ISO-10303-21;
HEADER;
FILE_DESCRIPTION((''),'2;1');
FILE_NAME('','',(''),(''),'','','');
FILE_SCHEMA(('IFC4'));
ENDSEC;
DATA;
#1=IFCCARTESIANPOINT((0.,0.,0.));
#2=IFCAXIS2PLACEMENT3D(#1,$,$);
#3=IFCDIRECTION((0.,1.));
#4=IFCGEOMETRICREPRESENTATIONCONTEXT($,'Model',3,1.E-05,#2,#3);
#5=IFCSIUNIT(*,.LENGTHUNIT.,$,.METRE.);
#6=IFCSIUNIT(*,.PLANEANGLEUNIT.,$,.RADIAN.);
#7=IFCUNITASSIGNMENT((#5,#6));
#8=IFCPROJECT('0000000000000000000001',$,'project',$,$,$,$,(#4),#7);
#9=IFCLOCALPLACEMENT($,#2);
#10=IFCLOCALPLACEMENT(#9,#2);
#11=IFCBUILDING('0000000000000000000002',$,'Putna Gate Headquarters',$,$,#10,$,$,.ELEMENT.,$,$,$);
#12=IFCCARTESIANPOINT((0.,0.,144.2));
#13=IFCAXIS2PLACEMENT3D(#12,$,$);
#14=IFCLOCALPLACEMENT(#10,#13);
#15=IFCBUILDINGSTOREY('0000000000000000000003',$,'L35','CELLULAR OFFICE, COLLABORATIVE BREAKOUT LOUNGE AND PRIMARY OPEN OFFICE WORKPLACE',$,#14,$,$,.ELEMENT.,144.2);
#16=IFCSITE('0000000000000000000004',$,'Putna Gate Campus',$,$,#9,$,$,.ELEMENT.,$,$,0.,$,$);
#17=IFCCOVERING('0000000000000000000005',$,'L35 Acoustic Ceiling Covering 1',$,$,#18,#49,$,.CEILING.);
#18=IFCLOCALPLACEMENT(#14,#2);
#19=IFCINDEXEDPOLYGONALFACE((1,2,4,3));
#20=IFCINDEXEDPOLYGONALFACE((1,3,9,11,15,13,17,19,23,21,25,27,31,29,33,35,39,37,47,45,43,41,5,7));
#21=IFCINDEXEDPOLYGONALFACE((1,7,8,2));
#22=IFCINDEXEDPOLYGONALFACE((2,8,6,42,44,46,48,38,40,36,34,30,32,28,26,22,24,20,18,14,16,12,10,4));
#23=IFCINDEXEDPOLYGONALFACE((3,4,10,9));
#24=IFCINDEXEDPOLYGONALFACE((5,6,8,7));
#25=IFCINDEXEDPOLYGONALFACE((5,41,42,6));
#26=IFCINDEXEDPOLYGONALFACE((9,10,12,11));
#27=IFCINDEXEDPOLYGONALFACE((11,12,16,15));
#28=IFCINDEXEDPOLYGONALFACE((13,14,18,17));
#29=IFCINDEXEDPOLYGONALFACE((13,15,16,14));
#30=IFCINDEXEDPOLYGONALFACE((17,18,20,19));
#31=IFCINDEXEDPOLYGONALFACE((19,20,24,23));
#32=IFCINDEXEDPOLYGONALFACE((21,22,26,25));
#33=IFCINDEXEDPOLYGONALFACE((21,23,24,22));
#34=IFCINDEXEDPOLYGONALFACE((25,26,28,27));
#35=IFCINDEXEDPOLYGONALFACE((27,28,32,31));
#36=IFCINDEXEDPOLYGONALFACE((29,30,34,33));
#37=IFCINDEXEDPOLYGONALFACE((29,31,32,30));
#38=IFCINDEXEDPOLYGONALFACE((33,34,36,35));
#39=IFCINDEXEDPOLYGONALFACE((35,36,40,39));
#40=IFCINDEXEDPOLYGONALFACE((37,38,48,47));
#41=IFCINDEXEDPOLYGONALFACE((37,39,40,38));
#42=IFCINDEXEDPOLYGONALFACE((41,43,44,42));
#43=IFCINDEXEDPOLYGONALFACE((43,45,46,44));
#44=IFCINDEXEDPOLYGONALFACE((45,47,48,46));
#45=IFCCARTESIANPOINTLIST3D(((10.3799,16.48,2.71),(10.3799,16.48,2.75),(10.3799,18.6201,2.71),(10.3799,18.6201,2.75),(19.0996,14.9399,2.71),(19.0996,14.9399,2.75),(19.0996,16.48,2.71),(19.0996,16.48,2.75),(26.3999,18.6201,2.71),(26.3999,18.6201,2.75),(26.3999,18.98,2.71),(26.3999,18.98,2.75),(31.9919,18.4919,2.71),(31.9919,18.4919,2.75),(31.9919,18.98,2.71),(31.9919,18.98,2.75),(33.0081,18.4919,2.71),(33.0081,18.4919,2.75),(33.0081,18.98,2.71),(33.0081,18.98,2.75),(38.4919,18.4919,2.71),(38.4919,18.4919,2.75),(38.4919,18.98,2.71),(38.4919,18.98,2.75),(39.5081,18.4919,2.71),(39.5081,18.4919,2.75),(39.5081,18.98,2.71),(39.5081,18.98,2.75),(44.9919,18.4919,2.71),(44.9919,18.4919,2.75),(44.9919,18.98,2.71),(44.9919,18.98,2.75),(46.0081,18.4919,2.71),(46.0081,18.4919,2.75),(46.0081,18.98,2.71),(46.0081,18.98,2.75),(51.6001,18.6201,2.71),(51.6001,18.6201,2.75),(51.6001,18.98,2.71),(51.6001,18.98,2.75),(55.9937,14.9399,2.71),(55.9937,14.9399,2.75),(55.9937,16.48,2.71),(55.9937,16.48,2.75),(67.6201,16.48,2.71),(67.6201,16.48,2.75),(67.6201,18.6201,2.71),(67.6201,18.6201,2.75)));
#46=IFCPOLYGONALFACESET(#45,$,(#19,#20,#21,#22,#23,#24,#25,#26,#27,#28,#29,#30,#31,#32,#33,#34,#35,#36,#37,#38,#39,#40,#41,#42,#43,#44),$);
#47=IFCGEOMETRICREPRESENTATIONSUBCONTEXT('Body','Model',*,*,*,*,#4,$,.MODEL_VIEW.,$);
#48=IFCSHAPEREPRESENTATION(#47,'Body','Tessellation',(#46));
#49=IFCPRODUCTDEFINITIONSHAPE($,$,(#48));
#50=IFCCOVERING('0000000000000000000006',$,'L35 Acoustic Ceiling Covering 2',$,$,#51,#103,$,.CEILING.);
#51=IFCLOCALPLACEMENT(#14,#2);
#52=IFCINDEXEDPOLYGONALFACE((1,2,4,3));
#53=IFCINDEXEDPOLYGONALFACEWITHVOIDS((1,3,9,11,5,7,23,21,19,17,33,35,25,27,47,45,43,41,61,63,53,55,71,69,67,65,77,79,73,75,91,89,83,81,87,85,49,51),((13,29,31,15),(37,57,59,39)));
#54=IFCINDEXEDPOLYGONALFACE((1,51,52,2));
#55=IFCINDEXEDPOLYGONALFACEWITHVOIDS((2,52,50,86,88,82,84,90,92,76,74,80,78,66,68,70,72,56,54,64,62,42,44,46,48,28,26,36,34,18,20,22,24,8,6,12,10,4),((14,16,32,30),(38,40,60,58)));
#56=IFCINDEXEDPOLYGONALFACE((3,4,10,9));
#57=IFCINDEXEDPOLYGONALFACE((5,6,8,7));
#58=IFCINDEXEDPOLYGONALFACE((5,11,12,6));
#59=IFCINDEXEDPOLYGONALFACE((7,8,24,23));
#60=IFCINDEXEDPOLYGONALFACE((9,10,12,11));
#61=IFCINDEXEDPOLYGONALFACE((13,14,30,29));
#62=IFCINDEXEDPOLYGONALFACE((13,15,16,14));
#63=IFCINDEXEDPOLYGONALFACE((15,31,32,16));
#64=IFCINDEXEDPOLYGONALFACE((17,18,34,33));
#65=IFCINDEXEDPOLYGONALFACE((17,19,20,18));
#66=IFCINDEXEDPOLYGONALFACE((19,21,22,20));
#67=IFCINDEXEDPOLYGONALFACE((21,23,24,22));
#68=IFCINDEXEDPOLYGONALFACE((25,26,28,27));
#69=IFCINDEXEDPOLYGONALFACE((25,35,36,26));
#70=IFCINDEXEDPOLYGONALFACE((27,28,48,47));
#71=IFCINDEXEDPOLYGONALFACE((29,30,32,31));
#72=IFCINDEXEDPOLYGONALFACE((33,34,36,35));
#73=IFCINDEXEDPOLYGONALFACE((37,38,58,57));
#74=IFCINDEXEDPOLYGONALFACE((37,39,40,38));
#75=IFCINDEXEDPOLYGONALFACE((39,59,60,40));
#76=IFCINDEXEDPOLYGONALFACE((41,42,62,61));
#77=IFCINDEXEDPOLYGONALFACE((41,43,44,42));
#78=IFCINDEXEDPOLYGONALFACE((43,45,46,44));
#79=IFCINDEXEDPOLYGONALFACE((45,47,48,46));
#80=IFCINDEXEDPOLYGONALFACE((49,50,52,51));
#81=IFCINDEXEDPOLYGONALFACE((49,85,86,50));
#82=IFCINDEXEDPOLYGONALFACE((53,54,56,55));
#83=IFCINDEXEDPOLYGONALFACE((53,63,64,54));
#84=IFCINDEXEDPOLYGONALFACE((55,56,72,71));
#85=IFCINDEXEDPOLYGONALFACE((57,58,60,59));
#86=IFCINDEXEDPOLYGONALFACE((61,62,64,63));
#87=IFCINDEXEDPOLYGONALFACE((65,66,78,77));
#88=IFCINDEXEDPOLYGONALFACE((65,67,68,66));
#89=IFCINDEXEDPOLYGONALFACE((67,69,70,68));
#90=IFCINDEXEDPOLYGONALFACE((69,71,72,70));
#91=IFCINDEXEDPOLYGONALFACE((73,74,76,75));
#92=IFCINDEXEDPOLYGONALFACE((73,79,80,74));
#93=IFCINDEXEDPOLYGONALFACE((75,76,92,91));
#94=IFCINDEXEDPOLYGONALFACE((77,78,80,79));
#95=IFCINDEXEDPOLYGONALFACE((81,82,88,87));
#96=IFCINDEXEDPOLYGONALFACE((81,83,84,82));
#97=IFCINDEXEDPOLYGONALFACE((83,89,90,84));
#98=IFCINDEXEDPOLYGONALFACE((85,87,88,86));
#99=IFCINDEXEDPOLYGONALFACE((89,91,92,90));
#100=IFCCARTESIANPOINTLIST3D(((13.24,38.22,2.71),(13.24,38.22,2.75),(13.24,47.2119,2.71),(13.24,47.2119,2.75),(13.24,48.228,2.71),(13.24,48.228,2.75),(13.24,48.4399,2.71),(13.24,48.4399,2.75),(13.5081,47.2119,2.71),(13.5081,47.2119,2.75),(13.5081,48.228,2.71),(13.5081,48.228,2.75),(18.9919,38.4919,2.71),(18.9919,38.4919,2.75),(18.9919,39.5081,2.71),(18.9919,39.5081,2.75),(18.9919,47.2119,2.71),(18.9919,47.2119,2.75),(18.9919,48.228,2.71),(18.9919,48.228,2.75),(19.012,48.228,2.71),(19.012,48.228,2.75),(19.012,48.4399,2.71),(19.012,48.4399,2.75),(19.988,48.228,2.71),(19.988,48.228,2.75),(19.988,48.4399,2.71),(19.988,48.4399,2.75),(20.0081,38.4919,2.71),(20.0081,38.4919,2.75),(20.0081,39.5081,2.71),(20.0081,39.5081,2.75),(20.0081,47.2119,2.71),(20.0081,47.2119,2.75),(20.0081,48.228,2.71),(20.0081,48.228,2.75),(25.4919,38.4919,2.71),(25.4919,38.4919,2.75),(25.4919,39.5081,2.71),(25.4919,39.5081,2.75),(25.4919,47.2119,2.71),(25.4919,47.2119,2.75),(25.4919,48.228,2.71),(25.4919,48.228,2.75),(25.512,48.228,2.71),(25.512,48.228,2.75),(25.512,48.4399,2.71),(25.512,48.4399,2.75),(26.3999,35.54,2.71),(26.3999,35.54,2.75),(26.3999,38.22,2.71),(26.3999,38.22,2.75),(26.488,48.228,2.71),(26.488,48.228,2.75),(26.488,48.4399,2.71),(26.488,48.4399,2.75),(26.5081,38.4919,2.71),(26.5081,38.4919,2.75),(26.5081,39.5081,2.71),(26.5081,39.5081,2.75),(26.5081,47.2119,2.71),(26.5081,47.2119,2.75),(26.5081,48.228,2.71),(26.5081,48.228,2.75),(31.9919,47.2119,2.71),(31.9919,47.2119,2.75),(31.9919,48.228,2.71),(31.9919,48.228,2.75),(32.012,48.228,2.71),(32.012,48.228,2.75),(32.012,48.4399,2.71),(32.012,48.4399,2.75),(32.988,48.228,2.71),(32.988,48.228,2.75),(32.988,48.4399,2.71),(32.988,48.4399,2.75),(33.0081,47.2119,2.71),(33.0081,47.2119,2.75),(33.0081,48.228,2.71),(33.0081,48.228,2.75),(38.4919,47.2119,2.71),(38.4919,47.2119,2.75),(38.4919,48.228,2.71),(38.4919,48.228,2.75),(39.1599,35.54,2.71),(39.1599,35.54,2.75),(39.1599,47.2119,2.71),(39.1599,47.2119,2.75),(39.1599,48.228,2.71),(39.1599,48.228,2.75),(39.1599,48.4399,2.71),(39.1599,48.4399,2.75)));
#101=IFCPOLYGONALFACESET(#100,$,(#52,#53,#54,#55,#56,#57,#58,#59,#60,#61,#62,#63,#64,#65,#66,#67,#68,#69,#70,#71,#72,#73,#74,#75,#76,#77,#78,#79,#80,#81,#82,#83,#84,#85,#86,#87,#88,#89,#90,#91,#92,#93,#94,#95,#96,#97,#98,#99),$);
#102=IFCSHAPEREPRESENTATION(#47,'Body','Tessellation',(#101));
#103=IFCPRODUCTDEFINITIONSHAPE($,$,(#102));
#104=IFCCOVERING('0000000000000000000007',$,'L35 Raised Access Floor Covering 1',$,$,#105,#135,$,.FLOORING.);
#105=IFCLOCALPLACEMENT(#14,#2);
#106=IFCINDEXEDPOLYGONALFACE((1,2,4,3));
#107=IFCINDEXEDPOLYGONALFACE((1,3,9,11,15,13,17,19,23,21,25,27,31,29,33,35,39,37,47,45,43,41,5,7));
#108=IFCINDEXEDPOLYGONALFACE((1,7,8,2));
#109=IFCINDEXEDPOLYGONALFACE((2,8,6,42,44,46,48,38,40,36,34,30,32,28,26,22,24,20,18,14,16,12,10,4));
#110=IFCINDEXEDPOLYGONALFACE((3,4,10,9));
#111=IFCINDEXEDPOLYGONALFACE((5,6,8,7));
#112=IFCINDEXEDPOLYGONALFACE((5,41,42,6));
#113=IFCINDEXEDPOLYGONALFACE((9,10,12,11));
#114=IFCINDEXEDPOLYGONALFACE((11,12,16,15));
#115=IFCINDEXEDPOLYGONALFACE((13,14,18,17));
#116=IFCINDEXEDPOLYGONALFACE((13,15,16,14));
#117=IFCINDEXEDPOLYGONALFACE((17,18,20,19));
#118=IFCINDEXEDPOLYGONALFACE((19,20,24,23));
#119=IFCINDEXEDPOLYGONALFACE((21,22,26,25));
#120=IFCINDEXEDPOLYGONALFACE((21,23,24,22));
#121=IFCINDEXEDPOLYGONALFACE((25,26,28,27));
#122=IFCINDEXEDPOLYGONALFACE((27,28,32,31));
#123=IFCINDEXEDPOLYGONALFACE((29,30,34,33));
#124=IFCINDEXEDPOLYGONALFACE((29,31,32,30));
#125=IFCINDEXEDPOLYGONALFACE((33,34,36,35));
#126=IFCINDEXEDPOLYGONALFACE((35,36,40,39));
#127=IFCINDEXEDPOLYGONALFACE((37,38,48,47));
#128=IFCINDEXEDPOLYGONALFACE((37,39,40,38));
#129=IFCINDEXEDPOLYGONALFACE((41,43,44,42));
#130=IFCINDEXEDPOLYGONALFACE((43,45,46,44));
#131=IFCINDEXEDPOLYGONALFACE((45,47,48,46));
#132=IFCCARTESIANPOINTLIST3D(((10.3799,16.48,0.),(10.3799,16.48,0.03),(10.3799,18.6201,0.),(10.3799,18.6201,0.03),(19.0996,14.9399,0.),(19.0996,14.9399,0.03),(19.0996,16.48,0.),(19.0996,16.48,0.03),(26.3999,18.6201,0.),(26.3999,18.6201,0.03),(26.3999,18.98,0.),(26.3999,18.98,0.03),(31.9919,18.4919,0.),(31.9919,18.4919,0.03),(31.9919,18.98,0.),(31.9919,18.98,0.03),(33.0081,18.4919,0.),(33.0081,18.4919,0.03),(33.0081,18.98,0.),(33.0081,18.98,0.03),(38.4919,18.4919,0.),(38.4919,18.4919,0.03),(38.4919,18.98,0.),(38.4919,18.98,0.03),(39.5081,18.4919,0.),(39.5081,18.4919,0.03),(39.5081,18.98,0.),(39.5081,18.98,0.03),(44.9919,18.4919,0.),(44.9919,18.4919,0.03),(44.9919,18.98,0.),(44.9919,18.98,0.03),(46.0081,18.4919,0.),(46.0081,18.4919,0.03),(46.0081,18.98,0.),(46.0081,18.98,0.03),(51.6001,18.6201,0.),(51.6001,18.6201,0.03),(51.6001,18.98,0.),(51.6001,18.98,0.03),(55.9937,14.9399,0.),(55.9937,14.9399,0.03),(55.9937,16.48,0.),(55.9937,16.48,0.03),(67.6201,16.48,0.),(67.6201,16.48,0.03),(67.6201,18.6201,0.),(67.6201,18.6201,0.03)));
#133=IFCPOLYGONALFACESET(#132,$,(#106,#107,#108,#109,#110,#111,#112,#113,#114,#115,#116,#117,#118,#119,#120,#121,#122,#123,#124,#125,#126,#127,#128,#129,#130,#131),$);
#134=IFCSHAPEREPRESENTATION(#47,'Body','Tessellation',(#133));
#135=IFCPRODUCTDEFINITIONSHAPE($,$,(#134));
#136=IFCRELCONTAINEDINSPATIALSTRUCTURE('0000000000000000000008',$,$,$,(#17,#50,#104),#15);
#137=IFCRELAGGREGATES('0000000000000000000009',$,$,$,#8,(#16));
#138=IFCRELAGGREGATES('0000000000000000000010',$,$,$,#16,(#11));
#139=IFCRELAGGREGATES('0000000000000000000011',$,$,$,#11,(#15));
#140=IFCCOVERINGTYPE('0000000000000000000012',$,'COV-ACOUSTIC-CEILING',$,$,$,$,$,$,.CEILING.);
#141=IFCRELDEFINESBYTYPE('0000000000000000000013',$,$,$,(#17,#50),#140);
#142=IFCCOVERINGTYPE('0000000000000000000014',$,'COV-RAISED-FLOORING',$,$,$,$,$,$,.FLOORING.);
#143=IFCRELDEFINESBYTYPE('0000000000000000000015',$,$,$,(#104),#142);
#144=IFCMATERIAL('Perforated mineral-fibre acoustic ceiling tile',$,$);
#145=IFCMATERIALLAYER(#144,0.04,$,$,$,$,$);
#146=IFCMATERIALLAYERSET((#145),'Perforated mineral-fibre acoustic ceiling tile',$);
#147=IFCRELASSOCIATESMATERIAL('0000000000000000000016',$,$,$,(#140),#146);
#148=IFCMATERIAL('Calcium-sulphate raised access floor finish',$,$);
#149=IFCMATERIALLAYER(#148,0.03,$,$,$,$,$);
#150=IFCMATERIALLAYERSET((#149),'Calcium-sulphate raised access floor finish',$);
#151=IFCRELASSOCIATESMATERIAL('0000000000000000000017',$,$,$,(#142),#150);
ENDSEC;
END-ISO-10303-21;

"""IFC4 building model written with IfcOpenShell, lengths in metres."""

from ifc_helpers import new_model, si_unit, direction, frame, origin, place, context, subcontext, project, spatial, polyline, outline, extrude, material, layer, layer_set, type_object, element, save


model = new_model("IFC4")

# Units and contexts
model_context = context("Model", 3, precision=1e-05, world=origin(), true_north=direction((0.0, 1.0)))
body_context = subcontext(model_context, "Body", "Model", "MODEL_VIEW")
ifc_project = project(units=[si_unit("LENGTHUNIT", "METRE"), si_unit("PLANEANGLEUNIT", "RADIAN")], contexts=[model_context])

# Site, building, storey
site_placement = place(None, origin())
site = spatial("IfcSite", under=ifc_project, at=site_placement, Name="Putna Gate Campus", CompositionType="ELEMENT", RefElevation=0.0)
building_placement = place(site_placement, origin())
building = spatial("IfcBuilding", under=site, at=building_placement, Name="Putna Gate Headquarters", CompositionType="ELEMENT")
storey_placement = place(building_placement, frame((0.0, 0.0, 144.2)))
storey = spatial("IfcBuildingStorey", under=building, at=storey_placement, Name="L35", Description="CELLULAR OFFICE, COLLABORATIVE BREAKOUT LOUNGE AND PRIMARY OPEN OFFICE WORKPLACE", CompositionType="ELEMENT", Elevation=144.2)

# Coverings
ifc_material_1 = material(Name="Perforated mineral-fibre acoustic ceiling tile")
ifc_layer_1 = layer(ifc_material_1, 0.04)
ifc_layer_set_1 = layer_set([ifc_layer_1], Name="Perforated mineral-fibre acoustic ceiling tile")
covering_type_1 = type_object("IfcCoveringType", Name="COV-ACOUSTIC-CEILING", PredefinedType="CEILING", material=ifc_layer_set_1)
covering_1_placement = place(storey_placement, frame((0.0, 0.0, 2.71)))
element("IfcCovering", 1, at=covering_1_placement, inside=storey, type_object=covering_type_1, Name="L35 Acoustic Ceiling Covering 1", PredefinedType="CEILING", context=body_context, shape_type="SweptSolid", body=[
    extrude(outline(polyline([(19.0996, 16.48), (19.0996, 14.9399), (55.9937, 14.9399), (55.9937, 16.48), (67.6201, 16.48), (67.6201, 18.6201), (51.6001, 18.6201), (51.6001, 18.98), (46.0081, 18.98), (46.0081, 18.4919), (44.9919, 18.4919), (44.9919, 18.98), (39.5081, 18.98), (39.5081, 18.4919), (38.4919, 18.4919), (38.4919, 18.98), (33.0081, 18.98), (33.0081, 18.4919), (31.9919, 18.4919), (31.9919, 18.98), (26.3999, 18.98), (26.3999, 18.6201), (10.3799, 18.6201), (10.3799, 16.48), (19.0996, 16.48)])), origin(), (0.0, 0.0, 1.0), 0.04),
])
covering_2_placement = place(storey_placement, frame((0.0, 0.0, 2.71)))
element("IfcCovering", 2, at=covering_2_placement, inside=storey, type_object=covering_type_1, Name="L35 Acoustic Ceiling Covering 2", PredefinedType="CEILING", context=body_context, shape_type="SweptSolid", body=[
    extrude(outline(polyline([(13.24, 48.228), (13.5081, 48.228), (13.5081, 47.2119), (13.24, 47.2119), (13.24, 38.22), (26.3999, 38.22), (26.3999, 35.54), (39.1599, 35.54), (39.1599, 47.2119), (38.4919, 47.2119), (38.4919, 48.228), (39.1599, 48.228), (39.1599, 48.4399), (32.988, 48.4399), (32.988, 48.228), (33.0081, 48.228), (33.0081, 47.2119), (31.9919, 47.2119), (31.9919, 48.228), (32.012, 48.228), (32.012, 48.4399), (26.488, 48.4399), (26.488, 48.228), (26.5081, 48.228), (26.5081, 47.2119), (25.4919, 47.2119), (25.4919, 48.228), (25.512, 48.228), (25.512, 48.4399), (19.988, 48.4399), (19.988, 48.228), (20.0081, 48.228), (20.0081, 47.2119), (18.9919, 47.2119), (18.9919, 48.228), (19.012, 48.228), (19.012, 48.4399), (13.24, 48.4399), (13.24, 48.228)]), holes=[polyline([(20.0081, 38.4919), (20.0081, 39.5081), (18.9919, 39.5081), (18.9919, 38.4919), (20.0081, 38.4919)]), polyline([(26.5081, 38.4919), (26.5081, 39.5081), (25.4919, 39.5081), (25.4919, 38.4919), (26.5081, 38.4919)])]), origin(), (0.0, 0.0, 1.0), 0.04),
])
ifc_material_2 = material(Name="Calcium-sulphate raised access floor finish")
ifc_layer_2 = layer(ifc_material_2, 0.03)
ifc_layer_set_2 = layer_set([ifc_layer_2], Name="Calcium-sulphate raised access floor finish")
covering_type_2 = type_object("IfcCoveringType", Name="COV-RAISED-FLOORING", PredefinedType="FLOORING", material=ifc_layer_set_2)
covering_3_placement = place(storey_placement, origin())
element("IfcCovering", 3, at=covering_3_placement, inside=storey, type_object=covering_type_2, Name="L35 Raised Access Floor Covering 1", PredefinedType="FLOORING", context=body_context, shape_type="SweptSolid", body=[
    extrude(outline(polyline([(19.0996, 16.48), (19.0996, 14.9399), (55.9937, 14.9399), (55.9937, 16.48), (67.6201, 16.48), (67.6201, 18.6201), (51.6001, 18.6201), (51.6001, 18.98), (46.0081, 18.98), (46.0081, 18.4919), (44.9919, 18.4919), (44.9919, 18.98), (39.5081, 18.98), (39.5081, 18.4919), (38.4919, 18.4919), (38.4919, 18.98), (33.0081, 18.98), (33.0081, 18.4919), (31.9919, 18.4919), (31.9919, 18.98), (26.3999, 18.98), (26.3999, 18.6201), (10.3799, 18.6201), (10.3799, 16.48), (19.0996, 16.48)])), origin(), (0.0, 0.0, 1.0), 0.03),
])

save(model, "model.ifc")
